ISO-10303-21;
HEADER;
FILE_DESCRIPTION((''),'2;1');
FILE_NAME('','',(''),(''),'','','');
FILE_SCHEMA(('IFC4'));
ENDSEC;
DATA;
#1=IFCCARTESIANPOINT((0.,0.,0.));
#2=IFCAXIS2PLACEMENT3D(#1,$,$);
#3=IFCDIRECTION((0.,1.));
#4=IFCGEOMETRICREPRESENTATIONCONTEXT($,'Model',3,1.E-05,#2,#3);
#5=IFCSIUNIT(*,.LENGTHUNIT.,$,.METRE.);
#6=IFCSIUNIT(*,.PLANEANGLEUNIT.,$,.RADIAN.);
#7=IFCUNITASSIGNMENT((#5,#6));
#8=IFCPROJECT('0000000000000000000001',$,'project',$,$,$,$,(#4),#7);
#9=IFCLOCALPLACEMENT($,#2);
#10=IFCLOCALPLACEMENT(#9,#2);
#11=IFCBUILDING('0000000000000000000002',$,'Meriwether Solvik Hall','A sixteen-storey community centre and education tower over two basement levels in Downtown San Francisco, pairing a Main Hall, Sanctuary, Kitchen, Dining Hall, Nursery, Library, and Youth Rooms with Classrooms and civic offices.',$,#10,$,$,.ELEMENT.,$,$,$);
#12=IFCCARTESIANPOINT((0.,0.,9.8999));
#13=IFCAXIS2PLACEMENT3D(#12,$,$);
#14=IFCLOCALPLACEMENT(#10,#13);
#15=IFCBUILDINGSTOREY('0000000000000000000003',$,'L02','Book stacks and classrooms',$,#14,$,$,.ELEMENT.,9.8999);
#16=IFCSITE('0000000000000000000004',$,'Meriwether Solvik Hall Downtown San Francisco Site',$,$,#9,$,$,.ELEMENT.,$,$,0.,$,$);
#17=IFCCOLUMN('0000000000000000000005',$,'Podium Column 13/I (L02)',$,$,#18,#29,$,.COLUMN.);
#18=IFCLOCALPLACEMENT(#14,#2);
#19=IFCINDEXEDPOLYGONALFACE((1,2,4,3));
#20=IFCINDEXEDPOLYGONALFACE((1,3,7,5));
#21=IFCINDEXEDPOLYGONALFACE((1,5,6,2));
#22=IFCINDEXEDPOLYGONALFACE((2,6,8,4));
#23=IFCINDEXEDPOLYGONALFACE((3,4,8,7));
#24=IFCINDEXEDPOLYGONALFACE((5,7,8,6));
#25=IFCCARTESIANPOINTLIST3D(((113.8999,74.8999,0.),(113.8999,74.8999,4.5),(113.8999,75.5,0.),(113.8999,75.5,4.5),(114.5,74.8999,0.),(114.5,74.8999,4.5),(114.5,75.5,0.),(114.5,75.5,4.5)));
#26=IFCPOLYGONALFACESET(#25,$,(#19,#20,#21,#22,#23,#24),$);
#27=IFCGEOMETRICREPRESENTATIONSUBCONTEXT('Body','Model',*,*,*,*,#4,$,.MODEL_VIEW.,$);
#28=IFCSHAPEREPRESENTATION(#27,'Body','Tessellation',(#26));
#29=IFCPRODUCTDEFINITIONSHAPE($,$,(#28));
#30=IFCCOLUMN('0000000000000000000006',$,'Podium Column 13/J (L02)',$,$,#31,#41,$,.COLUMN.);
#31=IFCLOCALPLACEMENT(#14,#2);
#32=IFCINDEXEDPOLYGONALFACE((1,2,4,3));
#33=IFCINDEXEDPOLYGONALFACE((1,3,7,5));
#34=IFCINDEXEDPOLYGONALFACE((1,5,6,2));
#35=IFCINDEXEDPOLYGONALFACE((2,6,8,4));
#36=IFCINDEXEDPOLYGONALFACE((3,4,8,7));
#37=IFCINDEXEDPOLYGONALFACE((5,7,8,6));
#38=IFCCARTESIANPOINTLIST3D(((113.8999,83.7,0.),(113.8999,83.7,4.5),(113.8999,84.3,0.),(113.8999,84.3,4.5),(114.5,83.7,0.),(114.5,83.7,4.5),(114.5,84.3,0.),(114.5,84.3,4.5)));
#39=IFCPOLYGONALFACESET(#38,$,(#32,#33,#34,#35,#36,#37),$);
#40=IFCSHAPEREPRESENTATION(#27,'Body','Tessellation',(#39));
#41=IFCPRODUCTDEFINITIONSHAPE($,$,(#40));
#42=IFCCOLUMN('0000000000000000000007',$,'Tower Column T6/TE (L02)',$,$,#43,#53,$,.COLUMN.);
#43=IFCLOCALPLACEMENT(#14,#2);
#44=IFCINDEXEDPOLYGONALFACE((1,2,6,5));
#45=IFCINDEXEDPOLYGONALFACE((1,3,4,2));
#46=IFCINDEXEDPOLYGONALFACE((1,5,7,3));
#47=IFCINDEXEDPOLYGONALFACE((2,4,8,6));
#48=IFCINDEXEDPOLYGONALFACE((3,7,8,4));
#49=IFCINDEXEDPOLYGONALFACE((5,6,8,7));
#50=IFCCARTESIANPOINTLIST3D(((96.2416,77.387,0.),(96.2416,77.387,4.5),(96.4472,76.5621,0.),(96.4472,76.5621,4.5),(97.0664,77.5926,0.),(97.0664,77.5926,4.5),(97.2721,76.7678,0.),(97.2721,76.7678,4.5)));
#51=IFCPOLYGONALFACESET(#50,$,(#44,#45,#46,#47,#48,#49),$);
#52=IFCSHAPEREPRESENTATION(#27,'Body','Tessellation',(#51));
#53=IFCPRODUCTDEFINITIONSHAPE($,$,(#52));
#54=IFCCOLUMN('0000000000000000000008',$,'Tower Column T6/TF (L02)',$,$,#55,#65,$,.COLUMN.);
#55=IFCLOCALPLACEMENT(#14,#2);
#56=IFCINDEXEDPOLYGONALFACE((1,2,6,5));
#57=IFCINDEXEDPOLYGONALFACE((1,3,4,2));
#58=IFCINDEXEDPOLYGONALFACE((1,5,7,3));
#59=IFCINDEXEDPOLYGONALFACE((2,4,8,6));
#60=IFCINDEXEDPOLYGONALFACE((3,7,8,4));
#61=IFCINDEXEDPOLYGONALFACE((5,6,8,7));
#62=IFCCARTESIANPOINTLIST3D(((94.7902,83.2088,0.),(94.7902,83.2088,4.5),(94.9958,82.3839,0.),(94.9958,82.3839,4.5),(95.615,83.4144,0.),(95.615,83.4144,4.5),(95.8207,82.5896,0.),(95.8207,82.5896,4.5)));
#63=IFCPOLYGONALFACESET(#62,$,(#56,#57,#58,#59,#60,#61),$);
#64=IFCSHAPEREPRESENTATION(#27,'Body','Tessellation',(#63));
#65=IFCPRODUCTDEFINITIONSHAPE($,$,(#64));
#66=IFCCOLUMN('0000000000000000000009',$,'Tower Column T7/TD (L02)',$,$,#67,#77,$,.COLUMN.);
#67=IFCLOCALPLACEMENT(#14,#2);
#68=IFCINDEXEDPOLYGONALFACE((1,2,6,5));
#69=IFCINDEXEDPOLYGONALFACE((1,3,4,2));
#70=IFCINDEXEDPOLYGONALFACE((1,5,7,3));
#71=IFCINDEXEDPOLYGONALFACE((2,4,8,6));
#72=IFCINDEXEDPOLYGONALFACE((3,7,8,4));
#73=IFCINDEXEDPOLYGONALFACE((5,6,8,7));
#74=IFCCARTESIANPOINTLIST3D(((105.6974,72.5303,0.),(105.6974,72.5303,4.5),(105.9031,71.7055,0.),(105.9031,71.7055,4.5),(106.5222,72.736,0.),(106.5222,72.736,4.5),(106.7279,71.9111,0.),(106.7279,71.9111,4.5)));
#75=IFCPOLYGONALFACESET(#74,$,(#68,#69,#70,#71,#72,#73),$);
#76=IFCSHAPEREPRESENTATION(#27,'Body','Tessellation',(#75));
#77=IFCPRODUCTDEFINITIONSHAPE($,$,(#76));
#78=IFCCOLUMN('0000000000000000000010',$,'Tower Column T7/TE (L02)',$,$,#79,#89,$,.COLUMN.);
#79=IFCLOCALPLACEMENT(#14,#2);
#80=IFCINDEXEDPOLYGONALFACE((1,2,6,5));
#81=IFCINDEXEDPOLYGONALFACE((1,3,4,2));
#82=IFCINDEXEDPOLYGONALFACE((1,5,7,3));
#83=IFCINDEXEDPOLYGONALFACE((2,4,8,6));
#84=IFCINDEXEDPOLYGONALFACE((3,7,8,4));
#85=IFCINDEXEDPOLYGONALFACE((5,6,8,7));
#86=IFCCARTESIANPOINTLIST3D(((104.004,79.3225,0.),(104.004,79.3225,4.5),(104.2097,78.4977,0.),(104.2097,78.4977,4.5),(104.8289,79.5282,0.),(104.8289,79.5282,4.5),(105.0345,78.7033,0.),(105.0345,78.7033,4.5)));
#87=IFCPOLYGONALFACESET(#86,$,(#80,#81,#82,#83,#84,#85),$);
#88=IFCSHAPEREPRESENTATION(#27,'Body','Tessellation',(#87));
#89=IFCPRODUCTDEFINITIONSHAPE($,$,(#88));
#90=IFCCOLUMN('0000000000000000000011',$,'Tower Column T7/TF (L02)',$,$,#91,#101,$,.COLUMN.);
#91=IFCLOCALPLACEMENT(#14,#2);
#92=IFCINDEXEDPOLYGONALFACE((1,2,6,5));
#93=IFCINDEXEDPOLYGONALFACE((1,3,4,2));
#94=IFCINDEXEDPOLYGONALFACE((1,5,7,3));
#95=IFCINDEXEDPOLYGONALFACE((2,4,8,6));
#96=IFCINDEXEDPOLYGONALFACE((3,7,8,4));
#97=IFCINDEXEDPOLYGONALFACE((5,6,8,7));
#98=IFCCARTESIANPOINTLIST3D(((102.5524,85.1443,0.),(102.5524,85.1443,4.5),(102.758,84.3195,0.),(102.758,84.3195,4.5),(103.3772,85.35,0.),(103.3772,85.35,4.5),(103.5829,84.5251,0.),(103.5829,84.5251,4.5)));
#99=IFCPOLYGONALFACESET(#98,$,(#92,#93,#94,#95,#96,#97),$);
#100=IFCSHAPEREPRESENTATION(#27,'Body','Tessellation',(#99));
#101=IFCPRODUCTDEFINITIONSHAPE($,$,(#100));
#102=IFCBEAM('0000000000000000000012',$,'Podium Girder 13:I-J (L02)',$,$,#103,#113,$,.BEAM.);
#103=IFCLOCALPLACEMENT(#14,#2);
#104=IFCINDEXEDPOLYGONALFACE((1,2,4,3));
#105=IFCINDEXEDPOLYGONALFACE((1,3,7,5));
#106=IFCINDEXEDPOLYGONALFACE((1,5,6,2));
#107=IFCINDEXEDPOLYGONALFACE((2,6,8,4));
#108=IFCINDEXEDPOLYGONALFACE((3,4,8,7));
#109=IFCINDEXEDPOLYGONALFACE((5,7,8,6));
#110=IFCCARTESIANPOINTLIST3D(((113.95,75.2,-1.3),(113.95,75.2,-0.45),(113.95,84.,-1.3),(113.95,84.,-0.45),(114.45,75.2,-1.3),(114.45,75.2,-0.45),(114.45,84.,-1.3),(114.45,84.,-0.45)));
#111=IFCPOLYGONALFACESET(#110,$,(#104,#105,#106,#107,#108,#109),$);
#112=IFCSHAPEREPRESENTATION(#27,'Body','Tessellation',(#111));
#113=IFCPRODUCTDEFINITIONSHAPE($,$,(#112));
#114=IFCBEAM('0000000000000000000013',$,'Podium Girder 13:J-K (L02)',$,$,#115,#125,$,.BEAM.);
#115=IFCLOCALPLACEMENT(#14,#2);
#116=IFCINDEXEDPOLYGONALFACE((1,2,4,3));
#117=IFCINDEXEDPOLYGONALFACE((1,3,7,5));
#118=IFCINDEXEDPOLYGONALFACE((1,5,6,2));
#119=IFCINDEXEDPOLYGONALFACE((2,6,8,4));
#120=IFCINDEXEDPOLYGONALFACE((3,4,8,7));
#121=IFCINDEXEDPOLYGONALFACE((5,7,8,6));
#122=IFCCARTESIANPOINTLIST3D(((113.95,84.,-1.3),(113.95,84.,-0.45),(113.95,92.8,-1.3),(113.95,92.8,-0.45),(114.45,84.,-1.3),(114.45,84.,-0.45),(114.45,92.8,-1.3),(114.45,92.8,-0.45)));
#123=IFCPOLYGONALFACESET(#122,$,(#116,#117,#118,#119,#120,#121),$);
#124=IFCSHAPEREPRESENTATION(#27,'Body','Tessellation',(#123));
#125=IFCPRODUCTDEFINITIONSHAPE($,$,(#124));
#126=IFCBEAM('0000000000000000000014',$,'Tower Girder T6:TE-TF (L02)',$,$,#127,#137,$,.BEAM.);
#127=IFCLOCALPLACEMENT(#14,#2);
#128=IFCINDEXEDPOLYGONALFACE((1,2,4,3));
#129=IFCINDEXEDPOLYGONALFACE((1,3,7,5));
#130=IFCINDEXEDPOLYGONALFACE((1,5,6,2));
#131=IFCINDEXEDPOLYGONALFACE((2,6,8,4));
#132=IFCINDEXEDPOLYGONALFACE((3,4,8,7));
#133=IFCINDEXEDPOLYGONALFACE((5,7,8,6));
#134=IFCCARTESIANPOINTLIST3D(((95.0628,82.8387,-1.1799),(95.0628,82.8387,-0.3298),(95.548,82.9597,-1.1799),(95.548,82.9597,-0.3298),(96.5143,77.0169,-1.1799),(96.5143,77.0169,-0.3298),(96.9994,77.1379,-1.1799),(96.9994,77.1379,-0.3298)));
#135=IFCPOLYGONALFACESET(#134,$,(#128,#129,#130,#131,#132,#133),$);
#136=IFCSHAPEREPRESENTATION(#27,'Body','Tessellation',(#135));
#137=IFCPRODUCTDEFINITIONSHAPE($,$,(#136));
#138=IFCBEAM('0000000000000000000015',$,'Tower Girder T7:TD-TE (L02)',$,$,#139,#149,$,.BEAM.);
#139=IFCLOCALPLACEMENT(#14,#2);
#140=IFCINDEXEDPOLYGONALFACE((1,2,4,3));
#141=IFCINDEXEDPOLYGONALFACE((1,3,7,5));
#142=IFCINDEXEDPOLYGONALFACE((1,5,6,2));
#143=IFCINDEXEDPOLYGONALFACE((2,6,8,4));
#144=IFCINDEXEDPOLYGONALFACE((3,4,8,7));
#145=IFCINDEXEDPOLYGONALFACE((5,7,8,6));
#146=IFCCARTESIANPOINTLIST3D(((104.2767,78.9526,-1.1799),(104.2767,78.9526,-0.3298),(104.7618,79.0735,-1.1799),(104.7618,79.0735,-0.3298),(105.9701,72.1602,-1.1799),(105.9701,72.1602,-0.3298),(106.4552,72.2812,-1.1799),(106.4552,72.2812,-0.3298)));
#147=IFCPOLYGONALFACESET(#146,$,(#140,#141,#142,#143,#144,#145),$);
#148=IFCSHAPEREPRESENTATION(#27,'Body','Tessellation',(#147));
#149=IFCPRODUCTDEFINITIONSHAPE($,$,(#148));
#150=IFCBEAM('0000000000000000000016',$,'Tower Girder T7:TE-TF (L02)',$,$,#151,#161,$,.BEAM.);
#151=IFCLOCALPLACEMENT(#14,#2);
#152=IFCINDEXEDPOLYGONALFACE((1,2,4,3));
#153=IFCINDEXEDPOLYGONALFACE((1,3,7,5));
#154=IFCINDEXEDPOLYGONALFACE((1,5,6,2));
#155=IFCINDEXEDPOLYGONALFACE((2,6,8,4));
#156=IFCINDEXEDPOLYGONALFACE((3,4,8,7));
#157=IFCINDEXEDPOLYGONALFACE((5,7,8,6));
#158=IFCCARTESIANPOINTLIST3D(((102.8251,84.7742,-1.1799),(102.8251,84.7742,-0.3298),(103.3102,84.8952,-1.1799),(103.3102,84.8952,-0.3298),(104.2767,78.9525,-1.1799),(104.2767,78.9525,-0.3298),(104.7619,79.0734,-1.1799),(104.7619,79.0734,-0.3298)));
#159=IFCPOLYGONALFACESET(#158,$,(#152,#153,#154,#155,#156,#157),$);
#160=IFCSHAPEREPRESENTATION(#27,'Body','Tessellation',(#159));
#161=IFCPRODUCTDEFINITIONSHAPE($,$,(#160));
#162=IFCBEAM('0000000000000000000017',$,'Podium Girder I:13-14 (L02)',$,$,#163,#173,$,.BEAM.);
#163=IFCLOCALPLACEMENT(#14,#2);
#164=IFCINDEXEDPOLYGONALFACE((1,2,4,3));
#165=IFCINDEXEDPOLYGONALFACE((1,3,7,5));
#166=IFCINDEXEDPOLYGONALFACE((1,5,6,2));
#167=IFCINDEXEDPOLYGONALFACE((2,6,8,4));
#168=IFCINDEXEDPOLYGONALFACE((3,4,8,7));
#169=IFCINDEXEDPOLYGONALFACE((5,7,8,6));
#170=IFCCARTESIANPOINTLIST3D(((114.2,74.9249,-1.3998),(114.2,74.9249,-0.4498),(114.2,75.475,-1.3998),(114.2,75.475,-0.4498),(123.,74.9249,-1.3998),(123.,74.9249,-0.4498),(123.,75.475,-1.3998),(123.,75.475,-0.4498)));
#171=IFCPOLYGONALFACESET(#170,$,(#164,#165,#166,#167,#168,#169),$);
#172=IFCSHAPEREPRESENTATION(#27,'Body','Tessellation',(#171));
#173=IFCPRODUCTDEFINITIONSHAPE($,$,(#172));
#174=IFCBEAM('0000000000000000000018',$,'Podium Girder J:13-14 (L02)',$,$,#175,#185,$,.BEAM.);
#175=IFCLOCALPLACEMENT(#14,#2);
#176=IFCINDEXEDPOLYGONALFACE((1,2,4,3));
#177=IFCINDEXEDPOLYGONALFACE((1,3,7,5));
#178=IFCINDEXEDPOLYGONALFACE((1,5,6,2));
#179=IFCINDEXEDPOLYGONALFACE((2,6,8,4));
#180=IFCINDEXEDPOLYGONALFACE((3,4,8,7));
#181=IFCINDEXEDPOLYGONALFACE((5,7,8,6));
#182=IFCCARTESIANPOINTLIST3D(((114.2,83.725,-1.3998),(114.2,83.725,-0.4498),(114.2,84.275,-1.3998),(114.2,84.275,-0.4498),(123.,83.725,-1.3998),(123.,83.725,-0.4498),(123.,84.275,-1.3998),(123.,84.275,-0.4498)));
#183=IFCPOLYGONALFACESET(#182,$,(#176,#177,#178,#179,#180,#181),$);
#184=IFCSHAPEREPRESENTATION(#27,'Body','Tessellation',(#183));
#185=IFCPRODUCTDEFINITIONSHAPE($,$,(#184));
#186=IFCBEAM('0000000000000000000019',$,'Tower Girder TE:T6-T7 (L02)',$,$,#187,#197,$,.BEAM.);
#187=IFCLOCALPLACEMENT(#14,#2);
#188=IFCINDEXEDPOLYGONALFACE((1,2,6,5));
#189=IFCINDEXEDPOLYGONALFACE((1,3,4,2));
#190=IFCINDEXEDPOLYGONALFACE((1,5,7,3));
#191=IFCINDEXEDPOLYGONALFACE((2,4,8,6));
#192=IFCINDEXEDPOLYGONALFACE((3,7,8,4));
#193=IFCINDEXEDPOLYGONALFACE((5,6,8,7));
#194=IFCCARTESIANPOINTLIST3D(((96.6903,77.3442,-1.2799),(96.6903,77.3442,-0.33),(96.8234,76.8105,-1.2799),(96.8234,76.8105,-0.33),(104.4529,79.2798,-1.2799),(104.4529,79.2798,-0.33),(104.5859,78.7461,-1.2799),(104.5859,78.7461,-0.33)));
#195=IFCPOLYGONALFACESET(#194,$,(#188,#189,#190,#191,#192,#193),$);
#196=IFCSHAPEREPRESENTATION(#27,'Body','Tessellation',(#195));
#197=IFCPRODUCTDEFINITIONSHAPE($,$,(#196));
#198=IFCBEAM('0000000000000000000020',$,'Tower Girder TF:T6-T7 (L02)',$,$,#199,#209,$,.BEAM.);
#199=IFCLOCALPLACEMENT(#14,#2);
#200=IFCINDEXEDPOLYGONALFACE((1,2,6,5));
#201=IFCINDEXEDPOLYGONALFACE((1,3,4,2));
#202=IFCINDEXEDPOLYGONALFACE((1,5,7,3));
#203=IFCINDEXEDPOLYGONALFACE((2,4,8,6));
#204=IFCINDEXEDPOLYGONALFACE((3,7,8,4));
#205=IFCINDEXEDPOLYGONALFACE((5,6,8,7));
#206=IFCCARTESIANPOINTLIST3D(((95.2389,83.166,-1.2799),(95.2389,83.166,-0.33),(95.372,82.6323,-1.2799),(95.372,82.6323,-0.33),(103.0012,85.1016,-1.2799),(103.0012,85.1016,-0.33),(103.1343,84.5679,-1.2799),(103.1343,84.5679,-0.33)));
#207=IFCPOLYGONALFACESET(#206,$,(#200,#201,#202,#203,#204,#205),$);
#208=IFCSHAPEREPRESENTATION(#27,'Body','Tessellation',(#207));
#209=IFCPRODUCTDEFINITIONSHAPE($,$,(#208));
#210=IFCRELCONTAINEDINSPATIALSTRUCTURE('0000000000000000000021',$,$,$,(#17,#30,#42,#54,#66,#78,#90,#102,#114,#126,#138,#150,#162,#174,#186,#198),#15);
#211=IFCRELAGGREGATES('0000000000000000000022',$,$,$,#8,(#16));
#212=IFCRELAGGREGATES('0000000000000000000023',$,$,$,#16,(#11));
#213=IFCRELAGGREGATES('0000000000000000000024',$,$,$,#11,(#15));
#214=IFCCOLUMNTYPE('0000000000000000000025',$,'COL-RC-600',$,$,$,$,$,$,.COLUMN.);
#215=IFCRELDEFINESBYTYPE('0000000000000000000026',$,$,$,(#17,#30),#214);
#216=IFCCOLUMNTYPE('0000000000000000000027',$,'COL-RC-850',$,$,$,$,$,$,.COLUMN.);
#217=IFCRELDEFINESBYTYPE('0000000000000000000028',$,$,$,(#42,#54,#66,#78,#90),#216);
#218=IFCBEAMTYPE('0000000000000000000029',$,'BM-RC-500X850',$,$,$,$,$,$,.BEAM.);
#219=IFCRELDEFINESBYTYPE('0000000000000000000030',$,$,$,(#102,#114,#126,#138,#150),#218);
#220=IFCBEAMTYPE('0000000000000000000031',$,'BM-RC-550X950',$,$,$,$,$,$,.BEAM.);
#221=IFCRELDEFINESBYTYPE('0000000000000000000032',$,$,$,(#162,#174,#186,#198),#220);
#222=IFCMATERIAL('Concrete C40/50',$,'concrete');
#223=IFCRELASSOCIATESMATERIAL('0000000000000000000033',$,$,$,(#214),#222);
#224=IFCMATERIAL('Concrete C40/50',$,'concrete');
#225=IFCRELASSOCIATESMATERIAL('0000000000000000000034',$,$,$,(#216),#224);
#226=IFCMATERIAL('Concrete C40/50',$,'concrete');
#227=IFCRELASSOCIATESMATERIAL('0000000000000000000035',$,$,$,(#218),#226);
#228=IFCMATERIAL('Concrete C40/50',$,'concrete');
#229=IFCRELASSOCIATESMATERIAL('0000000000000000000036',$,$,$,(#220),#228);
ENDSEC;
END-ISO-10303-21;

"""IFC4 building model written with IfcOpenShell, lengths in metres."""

from ifc_helpers import new_model, si_unit, direction, frame, origin, origin_2d, place, context, subcontext, project, spatial, rectangle, extrude, material, material_profile, profile_set, type_object, element, save


model = new_model("IFC4")

# Units and contexts
model_context = context("Model", 3, precision=1e-05, world=origin(), true_north=direction((0.0, 1.0)))
body_context = subcontext(model_context, "Body", "Model", "MODEL_VIEW")
ifc_project = project(units=[si_unit("LENGTHUNIT", "METRE"), si_unit("PLANEANGLEUNIT", "RADIAN")], contexts=[model_context])

# Site, building, storey
site_placement = place(None, origin())
site = spatial("IfcSite", under=ifc_project, at=site_placement, Name="Meriwether Solvik Hall Downtown San Francisco Site", CompositionType="ELEMENT", RefElevation=0.0)
building_placement = place(site_placement, origin())
building = spatial("IfcBuilding", under=site, at=building_placement, Name="Meriwether Solvik Hall", Description="A sixteen-storey community centre and education tower over two basement levels in Downtown San Francisco, pairing a Main Hall, Sanctuary, Kitchen, Dining Hall, Nursery, Library, and Youth Rooms with Classrooms and civic offices.", CompositionType="ELEMENT")
storey_placement = place(building_placement, frame((0.0, 0.0, 9.8999)))
storey = spatial("IfcBuildingStorey", under=building, at=storey_placement, Name="L02", Description="Book stacks and classrooms", CompositionType="ELEMENT", Elevation=9.8999)

# Columns
ifc_material_1 = material(Name="Concrete C40/50", Category="concrete")
ifc_material_profile_1 = material_profile(ifc_material_1, rectangle(XDim=0.6001, YDim=0.6001, at=origin_2d()), Name="RCC-600X600")
ifc_profile_set_1 = profile_set([ifc_material_profile_1], Name="Concrete C40/50")
column_type_1 = type_object("IfcColumnType", Name="COL-RC-600", PredefinedType="COLUMN", material=ifc_profile_set_1)
for number, where, z_axis, x_axis, name in (
    (1, (114.2, 75.2, 0.0), (0.0, 0.0, 1.0), (1.0, 0.0, 0.0), "Podium Column 13/I (L02)"),
    (2, (114.2, 84.0, 0.0), (0.0, 0.0, 1.0), (1.0, 0.0, 0.0), "Podium Column 13/J (L02)"),
):
    element("IfcColumn", number, at=place(storey_placement, frame(where, z_axis=z_axis, x_axis=x_axis)), inside=storey, type_object=column_type_1, Name=name, PredefinedType="COLUMN", context=body_context, shape_type="SweptSolid", body=[
        extrude(rectangle(XDim=0.6001, YDim=0.6001, at=origin_2d()), origin(), (0.0, 0.0, 1.0), 4.5),
    ])
ifc_material_2 = material(Name="Concrete C40/50", Category="concrete")
ifc_material_profile_2 = material_profile(ifc_material_2, rectangle(XDim=0.8501, YDim=0.8501, at=origin_2d()), Name="RCC-850X850")
ifc_profile_set_2 = profile_set([ifc_material_profile_2], Name="Concrete C40/50")
column_type_2 = type_object("IfcColumnType", Name="COL-RC-850", PredefinedType="COLUMN", material=ifc_profile_set_2)
for number, where, z_axis, x_axis, name in (
    (3, (96.7568, 77.0774, 0.0), (0.0, 0.0, 1.0), (0.970296, 0.241922, 0.0), "Tower Column T6/TE (L02)"),
    (4, (95.3054, 82.8992, 0.0), (0.0, 0.0, 1.0), (0.970296, 0.241922, 0.0), "Tower Column T6/TF (L02)"),
    (5, (106.2126, 72.2207, 0.0), (0.0, 0.0, 1.0), (0.970296, 0.241922, 0.0), "Tower Column T7/TD (L02)"),
    (6, (104.5193, 79.0129, 0.0), (0.0, 0.0, 1.0), (0.970296, 0.241922, 0.0), "Tower Column T7/TE (L02)"),
    (7, (103.0676, 84.8347, 0.0), (0.0, 0.0, 1.0), (0.970296, 0.241922, 0.0), "Tower Column T7/TF (L02)"),
):
    element("IfcColumn", number, at=place(storey_placement, frame(where, z_axis=z_axis, x_axis=x_axis)), inside=storey, type_object=column_type_2, Name=name, PredefinedType="COLUMN", context=body_context, shape_type="SweptSolid", body=[
        extrude(rectangle(XDim=0.8501, YDim=0.8501, at=origin_2d()), origin(), (0.0, 0.0, 1.0), 4.5),
    ])

# Beams
ifc_material_3 = material(Name="Concrete C40/50", Category="concrete")
ifc_material_profile_3 = material_profile(ifc_material_3, rectangle(XDim=0.5, YDim=0.8501, at=origin_2d()), Name="RCB-500X850")
ifc_profile_set_3 = profile_set([ifc_material_profile_3], Name="Concrete C40/50")
beam_type_1 = type_object("IfcBeamType", Name="BM-RC-500X850", PredefinedType="BEAM", material=ifc_profile_set_3)
for number, where, z_axis, x_axis, name in (
    (8, (114.2, 75.2, -0.875), (0.0, 1.0, 0.0), (-1.0, 0.0, 0.0), "Podium Girder 13:I-J (L02)"),
    (9, (114.2, 84.0, -0.875), (0.0, 1.0, 0.0), (-1.0, 0.0, 0.0), "Podium Girder 13:J-K (L02)"),
):
    element("IfcBeam", number, at=place(storey_placement, frame(where, z_axis=z_axis, x_axis=x_axis)), inside=storey, type_object=beam_type_1, Name=name, PredefinedType="BEAM", context=body_context, shape_type="SweptSolid", body=[
        extrude(rectangle(XDim=0.5, YDim=0.8501, at=origin_2d()), origin(), (0.0, 0.0, 1.0), 8.8),
    ])
beam_1_placement = place(storey_placement, frame((96.7568, 77.0774, -0.7549), z_axis=(-0.241904, 0.9703, 0.0), x_axis=(-0.9703, -0.241904, 0.0)))
element("IfcBeam", 10, at=beam_1_placement, inside=storey, type_object=beam_type_1, Name="Tower Girder T6:TE-TF (L02)", PredefinedType="BEAM", context=body_context, shape_type="SweptSolid", body=[
    extrude(rectangle(XDim=0.5, YDim=0.8501, at=origin_2d()), origin(), (0.0, 0.0, 1.0), 6.0),
])
beam_2_placement = place(storey_placement, frame((106.2126, 72.2207, -0.7549), z_axis=(-0.241904, 0.9703, 0.0), x_axis=(-0.9703, -0.241904, 0.0)))
element("IfcBeam", 11, at=beam_2_placement, inside=storey, type_object=beam_type_1, Name="Tower Girder T7:TD-TE (L02)", PredefinedType="BEAM", context=body_context, shape_type="SweptSolid", body=[
    extrude(rectangle(XDim=0.5, YDim=0.8501, at=origin_2d()), origin(), (0.0, 0.0, 1.0), 7.0002),
])
beam_3_placement = place(storey_placement, frame((104.5193, 79.0129, -0.7549), z_axis=(-0.241942, 0.970291, 0.0), x_axis=(-0.970291, -0.241942, 0.0)))
element("IfcBeam", 12, at=beam_3_placement, inside=storey, type_object=beam_type_1, Name="Tower Girder T7:TE-TF (L02)", PredefinedType="BEAM", context=body_context, shape_type="SweptSolid", body=[
    extrude(rectangle(XDim=0.5, YDim=0.8501, at=origin_2d()), origin(), (0.0, 0.0, 1.0), 6.0),
])
ifc_material_4 = material(Name="Concrete C40/50", Category="concrete")
ifc_material_profile_4 = material_profile(ifc_material_4, rectangle(XDim=0.55, YDim=0.95, at=origin_2d()), Name="RCB-550X950")
ifc_profile_set_4 = profile_set([ifc_material_profile_4], Name="Concrete C40/50")
beam_type_2 = type_object("IfcBeamType", Name="BM-RC-550X950", PredefinedType="BEAM", material=ifc_profile_set_4)
for number, where, z_axis, x_axis, name in (
    (13, (114.2, 75.2, -0.9248), (1.0, 0.0, 0.0), (0.0, 1.0, 0.0), "Podium Girder I:13-14 (L02)"),
    (14, (114.2, 84.0, -0.9248), (1.0, 0.0, 0.0), (0.0, 1.0, 0.0), "Podium Girder J:13-14 (L02)"),
):
    element("IfcBeam", number, at=place(storey_placement, frame(where, z_axis=z_axis, x_axis=x_axis)), inside=storey, type_object=beam_type_2, Name=name, PredefinedType="BEAM", context=body_context, shape_type="SweptSolid", body=[
        extrude(rectangle(XDim=0.55, YDim=0.95, at=origin_2d()), origin(), (0.0, 0.0, 1.0), 8.8),
    ])
beam_4_placement = place(storey_placement, frame((96.7568, 77.0774, -0.8049), z_axis=(0.970291, 0.24194, 0.0), x_axis=(-0.24194, 0.970291, 0.0)))
element("IfcBeam", 15, at=beam_4_placement, inside=storey, type_object=beam_type_2, Name="Tower Girder TE:T6-T7 (L02)", PredefinedType="BEAM", context=body_context, shape_type="SweptSolid", body=[
    extrude(rectangle(XDim=0.55, YDim=0.95, at=origin_2d()), origin(), (0.0, 0.0, 1.0), 8.0002),
])
beam_5_placement = place(storey_placement, frame((95.3054, 82.8992, -0.8049), z_axis=(0.97029, 0.241947, 0.0), x_axis=(-0.241947, 0.97029, 0.0)))
element("IfcBeam", 16, at=beam_5_placement, inside=storey, type_object=beam_type_2, Name="Tower Girder TF:T6-T7 (L02)", PredefinedType="BEAM", context=body_context, shape_type="SweptSolid", body=[
    extrude(rectangle(XDim=0.55, YDim=0.95, at=origin_2d()), origin(), (0.0, 0.0, 1.0), 8.0),
])

save(model, "model.ifc")
